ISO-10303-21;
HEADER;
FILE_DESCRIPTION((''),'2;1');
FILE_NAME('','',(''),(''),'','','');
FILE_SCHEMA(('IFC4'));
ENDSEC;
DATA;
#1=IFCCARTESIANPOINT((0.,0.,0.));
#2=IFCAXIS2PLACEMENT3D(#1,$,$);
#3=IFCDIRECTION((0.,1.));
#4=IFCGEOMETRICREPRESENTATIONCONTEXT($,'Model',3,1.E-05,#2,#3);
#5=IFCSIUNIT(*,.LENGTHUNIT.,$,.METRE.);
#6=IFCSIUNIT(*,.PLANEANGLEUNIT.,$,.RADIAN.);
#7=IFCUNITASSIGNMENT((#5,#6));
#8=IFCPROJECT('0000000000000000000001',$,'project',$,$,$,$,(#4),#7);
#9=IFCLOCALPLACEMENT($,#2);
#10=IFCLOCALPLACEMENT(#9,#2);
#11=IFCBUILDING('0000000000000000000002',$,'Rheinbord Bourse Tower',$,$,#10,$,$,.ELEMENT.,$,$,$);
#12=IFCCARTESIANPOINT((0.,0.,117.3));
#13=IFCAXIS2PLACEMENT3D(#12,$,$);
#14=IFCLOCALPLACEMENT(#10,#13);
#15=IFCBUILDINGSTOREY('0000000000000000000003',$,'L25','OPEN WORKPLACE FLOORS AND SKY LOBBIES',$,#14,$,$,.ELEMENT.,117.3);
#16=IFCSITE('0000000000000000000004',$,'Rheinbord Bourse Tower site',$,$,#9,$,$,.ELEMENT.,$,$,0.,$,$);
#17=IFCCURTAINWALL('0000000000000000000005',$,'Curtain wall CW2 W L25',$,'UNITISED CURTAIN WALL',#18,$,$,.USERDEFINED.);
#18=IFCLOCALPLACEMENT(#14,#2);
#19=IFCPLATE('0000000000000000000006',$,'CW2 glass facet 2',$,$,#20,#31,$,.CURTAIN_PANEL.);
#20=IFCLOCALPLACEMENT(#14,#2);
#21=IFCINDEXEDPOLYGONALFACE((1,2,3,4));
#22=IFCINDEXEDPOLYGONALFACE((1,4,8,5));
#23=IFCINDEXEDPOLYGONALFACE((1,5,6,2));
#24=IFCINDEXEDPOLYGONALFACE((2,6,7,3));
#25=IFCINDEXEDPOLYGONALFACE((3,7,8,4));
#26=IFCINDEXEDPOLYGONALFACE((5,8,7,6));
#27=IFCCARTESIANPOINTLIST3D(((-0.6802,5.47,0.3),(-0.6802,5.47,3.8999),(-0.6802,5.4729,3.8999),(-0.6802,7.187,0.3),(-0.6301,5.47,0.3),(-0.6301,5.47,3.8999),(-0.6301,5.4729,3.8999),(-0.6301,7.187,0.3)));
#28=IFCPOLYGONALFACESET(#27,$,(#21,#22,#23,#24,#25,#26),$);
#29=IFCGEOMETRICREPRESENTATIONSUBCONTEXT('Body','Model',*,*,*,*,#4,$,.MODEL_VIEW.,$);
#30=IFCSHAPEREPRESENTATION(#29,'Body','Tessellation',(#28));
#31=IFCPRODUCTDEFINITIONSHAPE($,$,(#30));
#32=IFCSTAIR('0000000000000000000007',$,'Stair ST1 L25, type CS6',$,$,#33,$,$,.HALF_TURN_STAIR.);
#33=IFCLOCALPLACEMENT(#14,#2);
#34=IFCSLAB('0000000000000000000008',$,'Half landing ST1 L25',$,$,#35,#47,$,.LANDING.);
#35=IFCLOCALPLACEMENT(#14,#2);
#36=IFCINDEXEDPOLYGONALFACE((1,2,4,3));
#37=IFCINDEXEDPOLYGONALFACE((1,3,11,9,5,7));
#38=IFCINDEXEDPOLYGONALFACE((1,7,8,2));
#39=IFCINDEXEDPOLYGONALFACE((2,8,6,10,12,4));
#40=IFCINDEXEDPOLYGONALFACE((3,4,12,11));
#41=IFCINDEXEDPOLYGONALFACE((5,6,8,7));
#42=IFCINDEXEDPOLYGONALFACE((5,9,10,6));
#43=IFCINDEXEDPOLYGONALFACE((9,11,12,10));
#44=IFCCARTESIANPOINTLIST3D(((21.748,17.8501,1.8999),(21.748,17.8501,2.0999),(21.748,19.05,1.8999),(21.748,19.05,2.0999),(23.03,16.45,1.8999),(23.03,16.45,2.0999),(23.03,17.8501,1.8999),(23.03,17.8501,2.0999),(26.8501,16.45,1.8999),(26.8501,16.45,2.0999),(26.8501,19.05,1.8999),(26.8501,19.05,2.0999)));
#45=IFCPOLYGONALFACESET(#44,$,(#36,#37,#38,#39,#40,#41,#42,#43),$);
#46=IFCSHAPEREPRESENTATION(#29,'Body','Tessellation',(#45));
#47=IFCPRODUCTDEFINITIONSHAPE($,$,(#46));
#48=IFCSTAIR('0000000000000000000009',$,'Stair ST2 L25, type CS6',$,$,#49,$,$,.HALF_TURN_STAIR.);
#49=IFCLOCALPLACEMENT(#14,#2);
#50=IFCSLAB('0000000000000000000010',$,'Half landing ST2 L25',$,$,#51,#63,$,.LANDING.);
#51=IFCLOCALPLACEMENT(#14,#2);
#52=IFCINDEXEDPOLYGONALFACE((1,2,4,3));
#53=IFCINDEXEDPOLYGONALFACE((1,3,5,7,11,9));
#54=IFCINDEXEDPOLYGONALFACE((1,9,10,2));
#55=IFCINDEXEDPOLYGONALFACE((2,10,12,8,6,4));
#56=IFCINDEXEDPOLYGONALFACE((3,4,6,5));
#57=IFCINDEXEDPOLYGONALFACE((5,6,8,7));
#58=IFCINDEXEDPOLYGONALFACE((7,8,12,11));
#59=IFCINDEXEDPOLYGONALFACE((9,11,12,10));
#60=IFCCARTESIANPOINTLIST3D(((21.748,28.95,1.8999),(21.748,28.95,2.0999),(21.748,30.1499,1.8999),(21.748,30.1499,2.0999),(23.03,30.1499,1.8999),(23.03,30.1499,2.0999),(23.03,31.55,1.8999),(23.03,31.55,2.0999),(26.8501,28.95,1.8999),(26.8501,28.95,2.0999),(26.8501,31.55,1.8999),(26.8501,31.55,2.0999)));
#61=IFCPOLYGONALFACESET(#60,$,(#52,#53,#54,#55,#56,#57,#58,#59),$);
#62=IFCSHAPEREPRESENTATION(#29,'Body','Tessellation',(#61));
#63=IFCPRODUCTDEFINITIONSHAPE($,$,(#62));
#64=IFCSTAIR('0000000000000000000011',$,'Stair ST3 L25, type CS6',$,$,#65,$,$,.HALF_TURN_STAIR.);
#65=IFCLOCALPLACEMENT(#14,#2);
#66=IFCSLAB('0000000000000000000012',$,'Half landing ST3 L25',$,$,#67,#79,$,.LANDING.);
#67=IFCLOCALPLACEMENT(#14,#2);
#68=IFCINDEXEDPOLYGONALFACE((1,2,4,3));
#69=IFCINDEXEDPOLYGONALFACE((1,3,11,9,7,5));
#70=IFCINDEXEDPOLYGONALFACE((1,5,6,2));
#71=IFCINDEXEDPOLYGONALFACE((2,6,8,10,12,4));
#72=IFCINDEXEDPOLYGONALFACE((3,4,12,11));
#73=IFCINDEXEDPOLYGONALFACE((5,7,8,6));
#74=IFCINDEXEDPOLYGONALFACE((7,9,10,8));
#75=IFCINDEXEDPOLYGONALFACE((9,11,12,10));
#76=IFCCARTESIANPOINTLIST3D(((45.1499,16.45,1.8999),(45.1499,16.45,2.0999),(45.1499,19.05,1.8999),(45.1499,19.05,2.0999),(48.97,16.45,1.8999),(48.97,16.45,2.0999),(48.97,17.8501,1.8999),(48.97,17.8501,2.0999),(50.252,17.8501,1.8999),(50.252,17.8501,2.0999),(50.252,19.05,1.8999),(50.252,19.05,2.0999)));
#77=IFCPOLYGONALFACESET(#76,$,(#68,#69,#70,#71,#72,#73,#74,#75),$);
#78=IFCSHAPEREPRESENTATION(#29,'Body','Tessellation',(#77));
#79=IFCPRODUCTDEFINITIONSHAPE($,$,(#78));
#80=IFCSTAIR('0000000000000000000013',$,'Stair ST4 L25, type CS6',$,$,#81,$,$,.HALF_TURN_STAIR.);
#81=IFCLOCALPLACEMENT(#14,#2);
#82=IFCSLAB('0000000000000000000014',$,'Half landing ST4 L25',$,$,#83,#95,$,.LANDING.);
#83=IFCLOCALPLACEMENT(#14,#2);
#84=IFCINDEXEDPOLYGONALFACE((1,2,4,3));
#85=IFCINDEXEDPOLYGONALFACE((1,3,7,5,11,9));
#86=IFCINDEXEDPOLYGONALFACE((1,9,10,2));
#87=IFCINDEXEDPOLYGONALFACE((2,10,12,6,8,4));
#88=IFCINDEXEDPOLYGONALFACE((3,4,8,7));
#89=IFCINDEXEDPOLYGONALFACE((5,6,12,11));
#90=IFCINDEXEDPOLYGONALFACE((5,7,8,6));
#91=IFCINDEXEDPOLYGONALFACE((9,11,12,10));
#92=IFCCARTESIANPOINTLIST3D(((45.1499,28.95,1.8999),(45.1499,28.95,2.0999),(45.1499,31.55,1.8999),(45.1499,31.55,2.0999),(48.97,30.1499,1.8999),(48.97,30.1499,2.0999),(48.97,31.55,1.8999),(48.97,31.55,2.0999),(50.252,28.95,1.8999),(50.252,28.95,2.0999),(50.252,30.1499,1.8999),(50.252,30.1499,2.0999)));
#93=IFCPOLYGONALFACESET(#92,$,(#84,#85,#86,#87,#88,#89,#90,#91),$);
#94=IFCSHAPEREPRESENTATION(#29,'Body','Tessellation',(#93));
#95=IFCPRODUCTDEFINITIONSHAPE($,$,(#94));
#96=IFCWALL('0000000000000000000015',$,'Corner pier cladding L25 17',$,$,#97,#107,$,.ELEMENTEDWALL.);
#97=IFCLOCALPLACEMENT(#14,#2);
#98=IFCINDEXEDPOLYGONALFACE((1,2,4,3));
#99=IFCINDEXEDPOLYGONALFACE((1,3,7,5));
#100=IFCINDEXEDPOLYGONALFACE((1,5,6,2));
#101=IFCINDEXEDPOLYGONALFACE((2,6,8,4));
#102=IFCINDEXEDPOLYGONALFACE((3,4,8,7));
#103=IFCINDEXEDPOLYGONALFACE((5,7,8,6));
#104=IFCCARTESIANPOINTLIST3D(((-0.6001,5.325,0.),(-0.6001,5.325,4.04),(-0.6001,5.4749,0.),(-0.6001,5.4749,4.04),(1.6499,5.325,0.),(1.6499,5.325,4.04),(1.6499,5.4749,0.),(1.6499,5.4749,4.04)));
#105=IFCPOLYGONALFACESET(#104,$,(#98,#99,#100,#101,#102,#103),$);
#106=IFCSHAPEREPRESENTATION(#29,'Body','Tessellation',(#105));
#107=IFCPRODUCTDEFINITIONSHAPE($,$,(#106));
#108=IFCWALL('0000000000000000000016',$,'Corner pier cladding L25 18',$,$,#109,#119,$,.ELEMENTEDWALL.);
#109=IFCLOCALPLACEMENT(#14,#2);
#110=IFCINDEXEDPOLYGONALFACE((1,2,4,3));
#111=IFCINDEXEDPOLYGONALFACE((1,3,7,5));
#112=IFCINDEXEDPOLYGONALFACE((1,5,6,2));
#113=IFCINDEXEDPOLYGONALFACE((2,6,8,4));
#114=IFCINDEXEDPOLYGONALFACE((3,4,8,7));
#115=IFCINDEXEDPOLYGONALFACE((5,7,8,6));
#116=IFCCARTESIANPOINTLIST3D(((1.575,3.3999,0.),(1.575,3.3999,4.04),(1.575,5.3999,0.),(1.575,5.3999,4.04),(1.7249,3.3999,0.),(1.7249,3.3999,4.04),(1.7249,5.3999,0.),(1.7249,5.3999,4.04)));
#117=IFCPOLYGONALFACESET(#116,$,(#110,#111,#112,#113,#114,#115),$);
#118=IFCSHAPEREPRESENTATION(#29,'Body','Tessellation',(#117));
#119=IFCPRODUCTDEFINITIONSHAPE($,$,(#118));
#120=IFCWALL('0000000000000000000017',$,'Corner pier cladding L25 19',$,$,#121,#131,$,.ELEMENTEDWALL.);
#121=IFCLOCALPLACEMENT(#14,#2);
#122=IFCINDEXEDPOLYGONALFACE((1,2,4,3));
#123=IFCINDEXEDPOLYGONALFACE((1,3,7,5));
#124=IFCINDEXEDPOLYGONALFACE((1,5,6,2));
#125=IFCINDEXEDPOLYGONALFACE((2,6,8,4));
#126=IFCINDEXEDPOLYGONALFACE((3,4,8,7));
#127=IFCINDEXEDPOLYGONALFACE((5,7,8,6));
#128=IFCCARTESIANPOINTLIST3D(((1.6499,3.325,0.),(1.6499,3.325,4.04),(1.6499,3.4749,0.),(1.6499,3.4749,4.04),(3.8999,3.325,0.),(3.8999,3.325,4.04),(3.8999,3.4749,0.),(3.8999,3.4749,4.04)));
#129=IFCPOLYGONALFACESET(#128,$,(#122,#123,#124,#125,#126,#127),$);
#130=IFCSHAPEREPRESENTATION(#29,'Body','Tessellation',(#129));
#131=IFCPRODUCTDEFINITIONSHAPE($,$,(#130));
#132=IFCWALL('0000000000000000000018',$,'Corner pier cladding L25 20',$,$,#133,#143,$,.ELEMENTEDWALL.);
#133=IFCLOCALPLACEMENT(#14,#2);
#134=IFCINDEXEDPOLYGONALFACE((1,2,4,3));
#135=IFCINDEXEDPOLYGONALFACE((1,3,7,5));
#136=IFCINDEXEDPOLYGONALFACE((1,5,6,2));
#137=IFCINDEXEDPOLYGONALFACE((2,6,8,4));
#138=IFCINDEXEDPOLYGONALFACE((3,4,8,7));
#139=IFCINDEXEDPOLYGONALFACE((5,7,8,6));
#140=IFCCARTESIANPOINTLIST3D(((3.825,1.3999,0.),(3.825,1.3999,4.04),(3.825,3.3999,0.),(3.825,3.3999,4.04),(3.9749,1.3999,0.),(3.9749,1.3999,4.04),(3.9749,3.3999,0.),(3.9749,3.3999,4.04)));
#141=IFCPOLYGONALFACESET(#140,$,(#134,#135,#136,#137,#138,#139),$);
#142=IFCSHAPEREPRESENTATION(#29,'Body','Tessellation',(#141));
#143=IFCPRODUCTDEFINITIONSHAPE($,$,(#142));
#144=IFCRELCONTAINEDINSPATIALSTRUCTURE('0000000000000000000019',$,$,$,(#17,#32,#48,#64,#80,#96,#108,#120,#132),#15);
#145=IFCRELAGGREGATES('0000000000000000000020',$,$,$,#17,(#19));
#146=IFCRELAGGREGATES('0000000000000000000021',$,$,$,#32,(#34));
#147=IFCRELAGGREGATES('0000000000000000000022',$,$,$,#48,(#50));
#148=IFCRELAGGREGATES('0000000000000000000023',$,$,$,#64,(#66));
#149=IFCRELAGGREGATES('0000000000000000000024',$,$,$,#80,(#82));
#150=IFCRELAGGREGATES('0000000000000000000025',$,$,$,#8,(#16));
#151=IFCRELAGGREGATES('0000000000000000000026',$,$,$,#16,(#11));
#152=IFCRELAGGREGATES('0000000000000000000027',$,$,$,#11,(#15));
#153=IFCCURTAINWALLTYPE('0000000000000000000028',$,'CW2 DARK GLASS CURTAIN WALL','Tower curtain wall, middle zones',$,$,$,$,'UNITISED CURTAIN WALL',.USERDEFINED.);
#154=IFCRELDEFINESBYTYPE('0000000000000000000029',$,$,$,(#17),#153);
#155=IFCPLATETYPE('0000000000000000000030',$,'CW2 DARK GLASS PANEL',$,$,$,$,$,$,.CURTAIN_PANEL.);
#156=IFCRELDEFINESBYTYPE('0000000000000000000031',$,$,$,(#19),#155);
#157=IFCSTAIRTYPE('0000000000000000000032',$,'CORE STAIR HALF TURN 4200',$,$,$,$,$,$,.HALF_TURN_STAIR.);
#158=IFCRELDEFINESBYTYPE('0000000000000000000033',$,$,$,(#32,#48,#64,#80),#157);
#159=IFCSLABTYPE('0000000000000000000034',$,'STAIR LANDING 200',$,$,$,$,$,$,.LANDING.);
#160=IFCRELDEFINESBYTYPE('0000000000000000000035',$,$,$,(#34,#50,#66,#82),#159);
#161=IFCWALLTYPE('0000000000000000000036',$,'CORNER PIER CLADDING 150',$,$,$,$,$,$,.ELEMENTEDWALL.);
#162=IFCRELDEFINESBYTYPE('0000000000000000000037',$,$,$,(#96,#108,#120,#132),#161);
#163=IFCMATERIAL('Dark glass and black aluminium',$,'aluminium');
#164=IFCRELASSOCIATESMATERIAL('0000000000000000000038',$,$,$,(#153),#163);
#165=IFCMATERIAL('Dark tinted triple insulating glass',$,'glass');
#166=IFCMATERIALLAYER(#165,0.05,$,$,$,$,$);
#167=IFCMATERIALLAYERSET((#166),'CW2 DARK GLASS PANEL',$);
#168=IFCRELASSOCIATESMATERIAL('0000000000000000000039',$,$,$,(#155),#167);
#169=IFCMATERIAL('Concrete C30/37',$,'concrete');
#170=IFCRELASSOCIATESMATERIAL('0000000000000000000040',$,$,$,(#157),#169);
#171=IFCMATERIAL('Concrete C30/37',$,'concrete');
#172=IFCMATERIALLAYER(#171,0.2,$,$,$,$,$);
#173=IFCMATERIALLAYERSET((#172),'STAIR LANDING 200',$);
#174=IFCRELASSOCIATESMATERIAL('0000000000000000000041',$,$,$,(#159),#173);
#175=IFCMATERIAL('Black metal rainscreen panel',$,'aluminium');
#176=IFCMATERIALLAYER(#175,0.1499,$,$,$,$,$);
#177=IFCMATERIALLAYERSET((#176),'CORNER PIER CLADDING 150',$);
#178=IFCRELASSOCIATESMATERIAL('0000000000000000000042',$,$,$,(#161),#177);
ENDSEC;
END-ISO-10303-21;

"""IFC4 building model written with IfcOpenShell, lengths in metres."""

from ifc_helpers import new_model, si_unit, direction, frame, frame_2d, origin, place, context, subcontext, project, spatial, polyline, rectangle, outline, extrude, material, layer, layer_set, type_object, element, aggregate, save


model = new_model("IFC4")

# Units and contexts
model_context = context("Model", 3, precision=1e-05, world=origin(), true_north=direction((0.0, 1.0)))
body_context = subcontext(model_context, "Body", "Model", "MODEL_VIEW")
ifc_project = project(units=[si_unit("LENGTHUNIT", "METRE"), si_unit("PLANEANGLEUNIT", "RADIAN")], contexts=[model_context])

# Site, building, storey
site_placement = place(None, origin())
site = spatial("IfcSite", under=ifc_project, at=site_placement, Name="Rheinbord Bourse Tower site", CompositionType="ELEMENT", RefElevation=0.0)
building_placement = place(site_placement, origin())
building = spatial("IfcBuilding", under=site, at=building_placement, Name="Rheinbord Bourse Tower", CompositionType="ELEMENT")
storey_placement = place(building_placement, frame((0.0, 0.0, 117.3)))
storey = spatial("IfcBuildingStorey", under=building, at=storey_placement, Name="L25", Description="OPEN WORKPLACE FLOORS AND SKY LOBBIES", CompositionType="ELEMENT", Elevation=117.3)

# Shared definitions
ifc_material_1 = material(Name="Dark glass and black aluminium", Category="aluminium")
curtain_wall_type = type_object("IfcCurtainWallType", Name="CW2 DARK GLASS CURTAIN WALL", Description="Tower curtain wall, middle zones", ElementType="UNITISED CURTAIN WALL", PredefinedType="USERDEFINED", material=ifc_material_1)

# Curtain wall
curtain_wall_1_placement = place(storey_placement, origin())
curtain_wall_1 = element("IfcCurtainWall", 1, at=curtain_wall_1_placement, inside=storey, type_object=curtain_wall_type, Name="Curtain wall CW2 W L25", ObjectType="UNITISED CURTAIN WALL", PredefinedType="USERDEFINED")

# Plate
ifc_material_2 = material(Name="Dark tinted triple insulating glass", Category="glass")
ifc_layer_1 = layer(ifc_material_2, 0.05)
ifc_layer_set_1 = layer_set([ifc_layer_1], Name="CW2 DARK GLASS PANEL")
plate_type = type_object("IfcPlateType", Name="CW2 DARK GLASS PANEL", PredefinedType="CURTAIN_PANEL", material=ifc_layer_set_1)
plate_1_placement = place(storey_placement, frame((-0.6802, 5.47, 3.8999), z_axis=(1.0, 0.0, 0.0), x_axis=(0.0, 0.0, -1.0)))
plate_1 = element("IfcPlate", 2, at=plate_1_placement, type_object=plate_type, Name="CW2 glass facet 2", PredefinedType="CURTAIN_PANEL", context=body_context, shape_type="SweptSolid", body=[
    extrude(outline(polyline([(0.0, 0.0), (3.5999, 0.0), (3.5999, 1.717), (0.0, 0.0029), (0.0, 0.0)])), origin(), (0.0, 0.0, 1.0), 0.05),
])
aggregate(curtain_wall_1, [plate_1])

# Stairs, slabs
ifc_material_3 = material(Name="Concrete C30/37", Category="concrete")
stair_type = type_object("IfcStairType", Name="CORE STAIR HALF TURN 4200", PredefinedType="HALF_TURN_STAIR", material=ifc_material_3)
stair_1_placement = place(storey_placement, origin())
stair_1 = element("IfcStair", 3, at=stair_1_placement, inside=storey, type_object=stair_type, Name="Stair ST1 L25, type CS6", PredefinedType="HALF_TURN_STAIR")
ifc_material_4 = material(Name="Concrete C30/37", Category="concrete")
ifc_layer_2 = layer(ifc_material_4, 0.2)
ifc_layer_set_2 = layer_set([ifc_layer_2], Name="STAIR LANDING 200")
slab_type_1 = type_object("IfcSlabType", Name="STAIR LANDING 200", PredefinedType="LANDING", material=ifc_layer_set_2)
slab_1_placement = place(storey_placement, frame((0.0, 0.0, 1.8999)))
slab_1 = element("IfcSlab", 4, at=slab_1_placement, type_object=slab_type_1, Name="Half landing ST1 L25", PredefinedType="LANDING", context=body_context, shape_type="SweptSolid", body=[
    extrude(outline(polyline([(23.03, 16.45), (26.8501, 16.45), (26.8501, 19.05), (21.748, 19.05), (21.748, 17.8501), (23.03, 17.8501), (23.03, 16.45)])), origin(), (0.0, 0.0, 1.0), 0.2),
])
aggregate(stair_1, [slab_1])
stair_2_placement = place(storey_placement, origin())
stair_2 = element("IfcStair", 5, at=stair_2_placement, inside=storey, type_object=stair_type, Name="Stair ST2 L25, type CS6", PredefinedType="HALF_TURN_STAIR")
slab_2_placement = place(storey_placement, frame((0.0, 0.0, 1.8999)))
slab_2 = element("IfcSlab", 6, at=slab_2_placement, type_object=slab_type_1, Name="Half landing ST2 L25", PredefinedType="LANDING", context=body_context, shape_type="SweptSolid", body=[
    extrude(outline(polyline([(21.748, 28.95), (26.8501, 28.95), (26.8501, 31.55), (23.03, 31.55), (23.03, 30.1499), (21.748, 30.1499), (21.748, 28.95)])), origin(), (0.0, 0.0, 1.0), 0.2),
])
aggregate(stair_2, [slab_2])
stair_3_placement = place(storey_placement, origin())
stair_3 = element("IfcStair", 7, at=stair_3_placement, inside=storey, type_object=stair_type, Name="Stair ST3 L25, type CS6", PredefinedType="HALF_TURN_STAIR")
slab_3_placement = place(storey_placement, frame((0.0, 0.0, 1.8999)))
slab_3 = element("IfcSlab", 8, at=slab_3_placement, type_object=slab_type_1, Name="Half landing ST3 L25", PredefinedType="LANDING", context=body_context, shape_type="SweptSolid", body=[
    extrude(outline(polyline([(45.1499, 16.45), (48.97, 16.45), (48.97, 17.8501), (50.252, 17.8501), (50.252, 19.05), (45.1499, 19.05), (45.1499, 16.45)])), origin(), (0.0, 0.0, 1.0), 0.2),
])
aggregate(stair_3, [slab_3])
stair_4_placement = place(storey_placement, origin())
stair_4 = element("IfcStair", 9, at=stair_4_placement, inside=storey, type_object=stair_type, Name="Stair ST4 L25, type CS6", PredefinedType="HALF_TURN_STAIR")
slab_4_placement = place(storey_placement, frame((0.0, 0.0, 1.8999)))
slab_4 = element("IfcSlab", 10, at=slab_4_placement, type_object=slab_type_1, Name="Half landing ST4 L25", PredefinedType="LANDING", context=body_context, shape_type="SweptSolid", body=[
    extrude(outline(polyline([(45.1499, 28.95), (50.252, 28.95), (50.252, 30.1499), (48.97, 30.1499), (48.97, 31.55), (45.1499, 31.55), (45.1499, 28.95)])), origin(), (0.0, 0.0, 1.0), 0.2),
])
aggregate(stair_4, [slab_4])

# Walls
ifc_material_5 = material(Name="Black metal rainscreen panel", Category="aluminium")
ifc_layer_3 = layer(ifc_material_5, 0.1499)
ifc_layer_set_3 = layer_set([ifc_layer_3], Name="CORNER PIER CLADDING 150")
wall_type = type_object("IfcWallType", Name="CORNER PIER CLADDING 150", PredefinedType="ELEMENTEDWALL", material=ifc_layer_set_3)
wall_1_placement = place(storey_placement, frame((-0.6001, 5.3999, 0.0), z_axis=(0.0, 0.0, 1.0), x_axis=(1.0, 0.0, 0.0)))
element("IfcWall", 11, at=wall_1_placement, inside=storey, type_object=wall_type, Name="Corner pier cladding L25 17", PredefinedType="ELEMENTEDWALL", context=body_context, shape_type="SweptSolid", body=[
    extrude(rectangle(XDim=2.25, YDim=0.1499, at=frame_2d((1.125, 0.0))), origin(), (0.0, 0.0, 1.0), 4.04),
])
wall_2_placement = place(storey_placement, frame((1.6499, 5.3999, 0.0), z_axis=(0.0, 0.0, 1.0), x_axis=(0.0, -1.0, 0.0)))
element("IfcWall", 12, at=wall_2_placement, inside=storey, type_object=wall_type, Name="Corner pier cladding L25 18", PredefinedType="ELEMENTEDWALL", context=body_context, shape_type="SweptSolid", body=[
    extrude(rectangle(XDim=2.0, YDim=0.1499, at=frame_2d((1.0, 0.0))), origin(), (0.0, 0.0, 1.0), 4.04),
])
wall_3_placement = place(storey_placement, frame((1.6499, 3.3999, 0.0), z_axis=(0.0, 0.0, 1.0), x_axis=(1.0, 0.0, 0.0)))
element("IfcWall", 13, at=wall_3_placement, inside=storey, type_object=wall_type, Name="Corner pier cladding L25 19", PredefinedType="ELEMENTEDWALL", context=body_context, shape_type="SweptSolid", body=[
    extrude(rectangle(XDim=2.25, YDim=0.1499, at=frame_2d((1.125, 0.0))), origin(), (0.0, 0.0, 1.0), 4.04),
])
wall_4_placement = place(storey_placement, frame((3.8999, 3.3999, 0.0), z_axis=(0.0, 0.0, 1.0), x_axis=(0.0, -1.0, 0.0)))
element("IfcWall", 14, at=wall_4_placement, inside=storey, type_object=wall_type, Name="Corner pier cladding L25 20", PredefinedType="ELEMENTEDWALL", context=body_context, shape_type="SweptSolid", body=[
    extrude(rectangle(XDim=2.0, YDim=0.1499, at=frame_2d((1.0, 0.0))), origin(), (0.0, 0.0, 1.0), 4.04),
])

save(model, "model.ifc")
